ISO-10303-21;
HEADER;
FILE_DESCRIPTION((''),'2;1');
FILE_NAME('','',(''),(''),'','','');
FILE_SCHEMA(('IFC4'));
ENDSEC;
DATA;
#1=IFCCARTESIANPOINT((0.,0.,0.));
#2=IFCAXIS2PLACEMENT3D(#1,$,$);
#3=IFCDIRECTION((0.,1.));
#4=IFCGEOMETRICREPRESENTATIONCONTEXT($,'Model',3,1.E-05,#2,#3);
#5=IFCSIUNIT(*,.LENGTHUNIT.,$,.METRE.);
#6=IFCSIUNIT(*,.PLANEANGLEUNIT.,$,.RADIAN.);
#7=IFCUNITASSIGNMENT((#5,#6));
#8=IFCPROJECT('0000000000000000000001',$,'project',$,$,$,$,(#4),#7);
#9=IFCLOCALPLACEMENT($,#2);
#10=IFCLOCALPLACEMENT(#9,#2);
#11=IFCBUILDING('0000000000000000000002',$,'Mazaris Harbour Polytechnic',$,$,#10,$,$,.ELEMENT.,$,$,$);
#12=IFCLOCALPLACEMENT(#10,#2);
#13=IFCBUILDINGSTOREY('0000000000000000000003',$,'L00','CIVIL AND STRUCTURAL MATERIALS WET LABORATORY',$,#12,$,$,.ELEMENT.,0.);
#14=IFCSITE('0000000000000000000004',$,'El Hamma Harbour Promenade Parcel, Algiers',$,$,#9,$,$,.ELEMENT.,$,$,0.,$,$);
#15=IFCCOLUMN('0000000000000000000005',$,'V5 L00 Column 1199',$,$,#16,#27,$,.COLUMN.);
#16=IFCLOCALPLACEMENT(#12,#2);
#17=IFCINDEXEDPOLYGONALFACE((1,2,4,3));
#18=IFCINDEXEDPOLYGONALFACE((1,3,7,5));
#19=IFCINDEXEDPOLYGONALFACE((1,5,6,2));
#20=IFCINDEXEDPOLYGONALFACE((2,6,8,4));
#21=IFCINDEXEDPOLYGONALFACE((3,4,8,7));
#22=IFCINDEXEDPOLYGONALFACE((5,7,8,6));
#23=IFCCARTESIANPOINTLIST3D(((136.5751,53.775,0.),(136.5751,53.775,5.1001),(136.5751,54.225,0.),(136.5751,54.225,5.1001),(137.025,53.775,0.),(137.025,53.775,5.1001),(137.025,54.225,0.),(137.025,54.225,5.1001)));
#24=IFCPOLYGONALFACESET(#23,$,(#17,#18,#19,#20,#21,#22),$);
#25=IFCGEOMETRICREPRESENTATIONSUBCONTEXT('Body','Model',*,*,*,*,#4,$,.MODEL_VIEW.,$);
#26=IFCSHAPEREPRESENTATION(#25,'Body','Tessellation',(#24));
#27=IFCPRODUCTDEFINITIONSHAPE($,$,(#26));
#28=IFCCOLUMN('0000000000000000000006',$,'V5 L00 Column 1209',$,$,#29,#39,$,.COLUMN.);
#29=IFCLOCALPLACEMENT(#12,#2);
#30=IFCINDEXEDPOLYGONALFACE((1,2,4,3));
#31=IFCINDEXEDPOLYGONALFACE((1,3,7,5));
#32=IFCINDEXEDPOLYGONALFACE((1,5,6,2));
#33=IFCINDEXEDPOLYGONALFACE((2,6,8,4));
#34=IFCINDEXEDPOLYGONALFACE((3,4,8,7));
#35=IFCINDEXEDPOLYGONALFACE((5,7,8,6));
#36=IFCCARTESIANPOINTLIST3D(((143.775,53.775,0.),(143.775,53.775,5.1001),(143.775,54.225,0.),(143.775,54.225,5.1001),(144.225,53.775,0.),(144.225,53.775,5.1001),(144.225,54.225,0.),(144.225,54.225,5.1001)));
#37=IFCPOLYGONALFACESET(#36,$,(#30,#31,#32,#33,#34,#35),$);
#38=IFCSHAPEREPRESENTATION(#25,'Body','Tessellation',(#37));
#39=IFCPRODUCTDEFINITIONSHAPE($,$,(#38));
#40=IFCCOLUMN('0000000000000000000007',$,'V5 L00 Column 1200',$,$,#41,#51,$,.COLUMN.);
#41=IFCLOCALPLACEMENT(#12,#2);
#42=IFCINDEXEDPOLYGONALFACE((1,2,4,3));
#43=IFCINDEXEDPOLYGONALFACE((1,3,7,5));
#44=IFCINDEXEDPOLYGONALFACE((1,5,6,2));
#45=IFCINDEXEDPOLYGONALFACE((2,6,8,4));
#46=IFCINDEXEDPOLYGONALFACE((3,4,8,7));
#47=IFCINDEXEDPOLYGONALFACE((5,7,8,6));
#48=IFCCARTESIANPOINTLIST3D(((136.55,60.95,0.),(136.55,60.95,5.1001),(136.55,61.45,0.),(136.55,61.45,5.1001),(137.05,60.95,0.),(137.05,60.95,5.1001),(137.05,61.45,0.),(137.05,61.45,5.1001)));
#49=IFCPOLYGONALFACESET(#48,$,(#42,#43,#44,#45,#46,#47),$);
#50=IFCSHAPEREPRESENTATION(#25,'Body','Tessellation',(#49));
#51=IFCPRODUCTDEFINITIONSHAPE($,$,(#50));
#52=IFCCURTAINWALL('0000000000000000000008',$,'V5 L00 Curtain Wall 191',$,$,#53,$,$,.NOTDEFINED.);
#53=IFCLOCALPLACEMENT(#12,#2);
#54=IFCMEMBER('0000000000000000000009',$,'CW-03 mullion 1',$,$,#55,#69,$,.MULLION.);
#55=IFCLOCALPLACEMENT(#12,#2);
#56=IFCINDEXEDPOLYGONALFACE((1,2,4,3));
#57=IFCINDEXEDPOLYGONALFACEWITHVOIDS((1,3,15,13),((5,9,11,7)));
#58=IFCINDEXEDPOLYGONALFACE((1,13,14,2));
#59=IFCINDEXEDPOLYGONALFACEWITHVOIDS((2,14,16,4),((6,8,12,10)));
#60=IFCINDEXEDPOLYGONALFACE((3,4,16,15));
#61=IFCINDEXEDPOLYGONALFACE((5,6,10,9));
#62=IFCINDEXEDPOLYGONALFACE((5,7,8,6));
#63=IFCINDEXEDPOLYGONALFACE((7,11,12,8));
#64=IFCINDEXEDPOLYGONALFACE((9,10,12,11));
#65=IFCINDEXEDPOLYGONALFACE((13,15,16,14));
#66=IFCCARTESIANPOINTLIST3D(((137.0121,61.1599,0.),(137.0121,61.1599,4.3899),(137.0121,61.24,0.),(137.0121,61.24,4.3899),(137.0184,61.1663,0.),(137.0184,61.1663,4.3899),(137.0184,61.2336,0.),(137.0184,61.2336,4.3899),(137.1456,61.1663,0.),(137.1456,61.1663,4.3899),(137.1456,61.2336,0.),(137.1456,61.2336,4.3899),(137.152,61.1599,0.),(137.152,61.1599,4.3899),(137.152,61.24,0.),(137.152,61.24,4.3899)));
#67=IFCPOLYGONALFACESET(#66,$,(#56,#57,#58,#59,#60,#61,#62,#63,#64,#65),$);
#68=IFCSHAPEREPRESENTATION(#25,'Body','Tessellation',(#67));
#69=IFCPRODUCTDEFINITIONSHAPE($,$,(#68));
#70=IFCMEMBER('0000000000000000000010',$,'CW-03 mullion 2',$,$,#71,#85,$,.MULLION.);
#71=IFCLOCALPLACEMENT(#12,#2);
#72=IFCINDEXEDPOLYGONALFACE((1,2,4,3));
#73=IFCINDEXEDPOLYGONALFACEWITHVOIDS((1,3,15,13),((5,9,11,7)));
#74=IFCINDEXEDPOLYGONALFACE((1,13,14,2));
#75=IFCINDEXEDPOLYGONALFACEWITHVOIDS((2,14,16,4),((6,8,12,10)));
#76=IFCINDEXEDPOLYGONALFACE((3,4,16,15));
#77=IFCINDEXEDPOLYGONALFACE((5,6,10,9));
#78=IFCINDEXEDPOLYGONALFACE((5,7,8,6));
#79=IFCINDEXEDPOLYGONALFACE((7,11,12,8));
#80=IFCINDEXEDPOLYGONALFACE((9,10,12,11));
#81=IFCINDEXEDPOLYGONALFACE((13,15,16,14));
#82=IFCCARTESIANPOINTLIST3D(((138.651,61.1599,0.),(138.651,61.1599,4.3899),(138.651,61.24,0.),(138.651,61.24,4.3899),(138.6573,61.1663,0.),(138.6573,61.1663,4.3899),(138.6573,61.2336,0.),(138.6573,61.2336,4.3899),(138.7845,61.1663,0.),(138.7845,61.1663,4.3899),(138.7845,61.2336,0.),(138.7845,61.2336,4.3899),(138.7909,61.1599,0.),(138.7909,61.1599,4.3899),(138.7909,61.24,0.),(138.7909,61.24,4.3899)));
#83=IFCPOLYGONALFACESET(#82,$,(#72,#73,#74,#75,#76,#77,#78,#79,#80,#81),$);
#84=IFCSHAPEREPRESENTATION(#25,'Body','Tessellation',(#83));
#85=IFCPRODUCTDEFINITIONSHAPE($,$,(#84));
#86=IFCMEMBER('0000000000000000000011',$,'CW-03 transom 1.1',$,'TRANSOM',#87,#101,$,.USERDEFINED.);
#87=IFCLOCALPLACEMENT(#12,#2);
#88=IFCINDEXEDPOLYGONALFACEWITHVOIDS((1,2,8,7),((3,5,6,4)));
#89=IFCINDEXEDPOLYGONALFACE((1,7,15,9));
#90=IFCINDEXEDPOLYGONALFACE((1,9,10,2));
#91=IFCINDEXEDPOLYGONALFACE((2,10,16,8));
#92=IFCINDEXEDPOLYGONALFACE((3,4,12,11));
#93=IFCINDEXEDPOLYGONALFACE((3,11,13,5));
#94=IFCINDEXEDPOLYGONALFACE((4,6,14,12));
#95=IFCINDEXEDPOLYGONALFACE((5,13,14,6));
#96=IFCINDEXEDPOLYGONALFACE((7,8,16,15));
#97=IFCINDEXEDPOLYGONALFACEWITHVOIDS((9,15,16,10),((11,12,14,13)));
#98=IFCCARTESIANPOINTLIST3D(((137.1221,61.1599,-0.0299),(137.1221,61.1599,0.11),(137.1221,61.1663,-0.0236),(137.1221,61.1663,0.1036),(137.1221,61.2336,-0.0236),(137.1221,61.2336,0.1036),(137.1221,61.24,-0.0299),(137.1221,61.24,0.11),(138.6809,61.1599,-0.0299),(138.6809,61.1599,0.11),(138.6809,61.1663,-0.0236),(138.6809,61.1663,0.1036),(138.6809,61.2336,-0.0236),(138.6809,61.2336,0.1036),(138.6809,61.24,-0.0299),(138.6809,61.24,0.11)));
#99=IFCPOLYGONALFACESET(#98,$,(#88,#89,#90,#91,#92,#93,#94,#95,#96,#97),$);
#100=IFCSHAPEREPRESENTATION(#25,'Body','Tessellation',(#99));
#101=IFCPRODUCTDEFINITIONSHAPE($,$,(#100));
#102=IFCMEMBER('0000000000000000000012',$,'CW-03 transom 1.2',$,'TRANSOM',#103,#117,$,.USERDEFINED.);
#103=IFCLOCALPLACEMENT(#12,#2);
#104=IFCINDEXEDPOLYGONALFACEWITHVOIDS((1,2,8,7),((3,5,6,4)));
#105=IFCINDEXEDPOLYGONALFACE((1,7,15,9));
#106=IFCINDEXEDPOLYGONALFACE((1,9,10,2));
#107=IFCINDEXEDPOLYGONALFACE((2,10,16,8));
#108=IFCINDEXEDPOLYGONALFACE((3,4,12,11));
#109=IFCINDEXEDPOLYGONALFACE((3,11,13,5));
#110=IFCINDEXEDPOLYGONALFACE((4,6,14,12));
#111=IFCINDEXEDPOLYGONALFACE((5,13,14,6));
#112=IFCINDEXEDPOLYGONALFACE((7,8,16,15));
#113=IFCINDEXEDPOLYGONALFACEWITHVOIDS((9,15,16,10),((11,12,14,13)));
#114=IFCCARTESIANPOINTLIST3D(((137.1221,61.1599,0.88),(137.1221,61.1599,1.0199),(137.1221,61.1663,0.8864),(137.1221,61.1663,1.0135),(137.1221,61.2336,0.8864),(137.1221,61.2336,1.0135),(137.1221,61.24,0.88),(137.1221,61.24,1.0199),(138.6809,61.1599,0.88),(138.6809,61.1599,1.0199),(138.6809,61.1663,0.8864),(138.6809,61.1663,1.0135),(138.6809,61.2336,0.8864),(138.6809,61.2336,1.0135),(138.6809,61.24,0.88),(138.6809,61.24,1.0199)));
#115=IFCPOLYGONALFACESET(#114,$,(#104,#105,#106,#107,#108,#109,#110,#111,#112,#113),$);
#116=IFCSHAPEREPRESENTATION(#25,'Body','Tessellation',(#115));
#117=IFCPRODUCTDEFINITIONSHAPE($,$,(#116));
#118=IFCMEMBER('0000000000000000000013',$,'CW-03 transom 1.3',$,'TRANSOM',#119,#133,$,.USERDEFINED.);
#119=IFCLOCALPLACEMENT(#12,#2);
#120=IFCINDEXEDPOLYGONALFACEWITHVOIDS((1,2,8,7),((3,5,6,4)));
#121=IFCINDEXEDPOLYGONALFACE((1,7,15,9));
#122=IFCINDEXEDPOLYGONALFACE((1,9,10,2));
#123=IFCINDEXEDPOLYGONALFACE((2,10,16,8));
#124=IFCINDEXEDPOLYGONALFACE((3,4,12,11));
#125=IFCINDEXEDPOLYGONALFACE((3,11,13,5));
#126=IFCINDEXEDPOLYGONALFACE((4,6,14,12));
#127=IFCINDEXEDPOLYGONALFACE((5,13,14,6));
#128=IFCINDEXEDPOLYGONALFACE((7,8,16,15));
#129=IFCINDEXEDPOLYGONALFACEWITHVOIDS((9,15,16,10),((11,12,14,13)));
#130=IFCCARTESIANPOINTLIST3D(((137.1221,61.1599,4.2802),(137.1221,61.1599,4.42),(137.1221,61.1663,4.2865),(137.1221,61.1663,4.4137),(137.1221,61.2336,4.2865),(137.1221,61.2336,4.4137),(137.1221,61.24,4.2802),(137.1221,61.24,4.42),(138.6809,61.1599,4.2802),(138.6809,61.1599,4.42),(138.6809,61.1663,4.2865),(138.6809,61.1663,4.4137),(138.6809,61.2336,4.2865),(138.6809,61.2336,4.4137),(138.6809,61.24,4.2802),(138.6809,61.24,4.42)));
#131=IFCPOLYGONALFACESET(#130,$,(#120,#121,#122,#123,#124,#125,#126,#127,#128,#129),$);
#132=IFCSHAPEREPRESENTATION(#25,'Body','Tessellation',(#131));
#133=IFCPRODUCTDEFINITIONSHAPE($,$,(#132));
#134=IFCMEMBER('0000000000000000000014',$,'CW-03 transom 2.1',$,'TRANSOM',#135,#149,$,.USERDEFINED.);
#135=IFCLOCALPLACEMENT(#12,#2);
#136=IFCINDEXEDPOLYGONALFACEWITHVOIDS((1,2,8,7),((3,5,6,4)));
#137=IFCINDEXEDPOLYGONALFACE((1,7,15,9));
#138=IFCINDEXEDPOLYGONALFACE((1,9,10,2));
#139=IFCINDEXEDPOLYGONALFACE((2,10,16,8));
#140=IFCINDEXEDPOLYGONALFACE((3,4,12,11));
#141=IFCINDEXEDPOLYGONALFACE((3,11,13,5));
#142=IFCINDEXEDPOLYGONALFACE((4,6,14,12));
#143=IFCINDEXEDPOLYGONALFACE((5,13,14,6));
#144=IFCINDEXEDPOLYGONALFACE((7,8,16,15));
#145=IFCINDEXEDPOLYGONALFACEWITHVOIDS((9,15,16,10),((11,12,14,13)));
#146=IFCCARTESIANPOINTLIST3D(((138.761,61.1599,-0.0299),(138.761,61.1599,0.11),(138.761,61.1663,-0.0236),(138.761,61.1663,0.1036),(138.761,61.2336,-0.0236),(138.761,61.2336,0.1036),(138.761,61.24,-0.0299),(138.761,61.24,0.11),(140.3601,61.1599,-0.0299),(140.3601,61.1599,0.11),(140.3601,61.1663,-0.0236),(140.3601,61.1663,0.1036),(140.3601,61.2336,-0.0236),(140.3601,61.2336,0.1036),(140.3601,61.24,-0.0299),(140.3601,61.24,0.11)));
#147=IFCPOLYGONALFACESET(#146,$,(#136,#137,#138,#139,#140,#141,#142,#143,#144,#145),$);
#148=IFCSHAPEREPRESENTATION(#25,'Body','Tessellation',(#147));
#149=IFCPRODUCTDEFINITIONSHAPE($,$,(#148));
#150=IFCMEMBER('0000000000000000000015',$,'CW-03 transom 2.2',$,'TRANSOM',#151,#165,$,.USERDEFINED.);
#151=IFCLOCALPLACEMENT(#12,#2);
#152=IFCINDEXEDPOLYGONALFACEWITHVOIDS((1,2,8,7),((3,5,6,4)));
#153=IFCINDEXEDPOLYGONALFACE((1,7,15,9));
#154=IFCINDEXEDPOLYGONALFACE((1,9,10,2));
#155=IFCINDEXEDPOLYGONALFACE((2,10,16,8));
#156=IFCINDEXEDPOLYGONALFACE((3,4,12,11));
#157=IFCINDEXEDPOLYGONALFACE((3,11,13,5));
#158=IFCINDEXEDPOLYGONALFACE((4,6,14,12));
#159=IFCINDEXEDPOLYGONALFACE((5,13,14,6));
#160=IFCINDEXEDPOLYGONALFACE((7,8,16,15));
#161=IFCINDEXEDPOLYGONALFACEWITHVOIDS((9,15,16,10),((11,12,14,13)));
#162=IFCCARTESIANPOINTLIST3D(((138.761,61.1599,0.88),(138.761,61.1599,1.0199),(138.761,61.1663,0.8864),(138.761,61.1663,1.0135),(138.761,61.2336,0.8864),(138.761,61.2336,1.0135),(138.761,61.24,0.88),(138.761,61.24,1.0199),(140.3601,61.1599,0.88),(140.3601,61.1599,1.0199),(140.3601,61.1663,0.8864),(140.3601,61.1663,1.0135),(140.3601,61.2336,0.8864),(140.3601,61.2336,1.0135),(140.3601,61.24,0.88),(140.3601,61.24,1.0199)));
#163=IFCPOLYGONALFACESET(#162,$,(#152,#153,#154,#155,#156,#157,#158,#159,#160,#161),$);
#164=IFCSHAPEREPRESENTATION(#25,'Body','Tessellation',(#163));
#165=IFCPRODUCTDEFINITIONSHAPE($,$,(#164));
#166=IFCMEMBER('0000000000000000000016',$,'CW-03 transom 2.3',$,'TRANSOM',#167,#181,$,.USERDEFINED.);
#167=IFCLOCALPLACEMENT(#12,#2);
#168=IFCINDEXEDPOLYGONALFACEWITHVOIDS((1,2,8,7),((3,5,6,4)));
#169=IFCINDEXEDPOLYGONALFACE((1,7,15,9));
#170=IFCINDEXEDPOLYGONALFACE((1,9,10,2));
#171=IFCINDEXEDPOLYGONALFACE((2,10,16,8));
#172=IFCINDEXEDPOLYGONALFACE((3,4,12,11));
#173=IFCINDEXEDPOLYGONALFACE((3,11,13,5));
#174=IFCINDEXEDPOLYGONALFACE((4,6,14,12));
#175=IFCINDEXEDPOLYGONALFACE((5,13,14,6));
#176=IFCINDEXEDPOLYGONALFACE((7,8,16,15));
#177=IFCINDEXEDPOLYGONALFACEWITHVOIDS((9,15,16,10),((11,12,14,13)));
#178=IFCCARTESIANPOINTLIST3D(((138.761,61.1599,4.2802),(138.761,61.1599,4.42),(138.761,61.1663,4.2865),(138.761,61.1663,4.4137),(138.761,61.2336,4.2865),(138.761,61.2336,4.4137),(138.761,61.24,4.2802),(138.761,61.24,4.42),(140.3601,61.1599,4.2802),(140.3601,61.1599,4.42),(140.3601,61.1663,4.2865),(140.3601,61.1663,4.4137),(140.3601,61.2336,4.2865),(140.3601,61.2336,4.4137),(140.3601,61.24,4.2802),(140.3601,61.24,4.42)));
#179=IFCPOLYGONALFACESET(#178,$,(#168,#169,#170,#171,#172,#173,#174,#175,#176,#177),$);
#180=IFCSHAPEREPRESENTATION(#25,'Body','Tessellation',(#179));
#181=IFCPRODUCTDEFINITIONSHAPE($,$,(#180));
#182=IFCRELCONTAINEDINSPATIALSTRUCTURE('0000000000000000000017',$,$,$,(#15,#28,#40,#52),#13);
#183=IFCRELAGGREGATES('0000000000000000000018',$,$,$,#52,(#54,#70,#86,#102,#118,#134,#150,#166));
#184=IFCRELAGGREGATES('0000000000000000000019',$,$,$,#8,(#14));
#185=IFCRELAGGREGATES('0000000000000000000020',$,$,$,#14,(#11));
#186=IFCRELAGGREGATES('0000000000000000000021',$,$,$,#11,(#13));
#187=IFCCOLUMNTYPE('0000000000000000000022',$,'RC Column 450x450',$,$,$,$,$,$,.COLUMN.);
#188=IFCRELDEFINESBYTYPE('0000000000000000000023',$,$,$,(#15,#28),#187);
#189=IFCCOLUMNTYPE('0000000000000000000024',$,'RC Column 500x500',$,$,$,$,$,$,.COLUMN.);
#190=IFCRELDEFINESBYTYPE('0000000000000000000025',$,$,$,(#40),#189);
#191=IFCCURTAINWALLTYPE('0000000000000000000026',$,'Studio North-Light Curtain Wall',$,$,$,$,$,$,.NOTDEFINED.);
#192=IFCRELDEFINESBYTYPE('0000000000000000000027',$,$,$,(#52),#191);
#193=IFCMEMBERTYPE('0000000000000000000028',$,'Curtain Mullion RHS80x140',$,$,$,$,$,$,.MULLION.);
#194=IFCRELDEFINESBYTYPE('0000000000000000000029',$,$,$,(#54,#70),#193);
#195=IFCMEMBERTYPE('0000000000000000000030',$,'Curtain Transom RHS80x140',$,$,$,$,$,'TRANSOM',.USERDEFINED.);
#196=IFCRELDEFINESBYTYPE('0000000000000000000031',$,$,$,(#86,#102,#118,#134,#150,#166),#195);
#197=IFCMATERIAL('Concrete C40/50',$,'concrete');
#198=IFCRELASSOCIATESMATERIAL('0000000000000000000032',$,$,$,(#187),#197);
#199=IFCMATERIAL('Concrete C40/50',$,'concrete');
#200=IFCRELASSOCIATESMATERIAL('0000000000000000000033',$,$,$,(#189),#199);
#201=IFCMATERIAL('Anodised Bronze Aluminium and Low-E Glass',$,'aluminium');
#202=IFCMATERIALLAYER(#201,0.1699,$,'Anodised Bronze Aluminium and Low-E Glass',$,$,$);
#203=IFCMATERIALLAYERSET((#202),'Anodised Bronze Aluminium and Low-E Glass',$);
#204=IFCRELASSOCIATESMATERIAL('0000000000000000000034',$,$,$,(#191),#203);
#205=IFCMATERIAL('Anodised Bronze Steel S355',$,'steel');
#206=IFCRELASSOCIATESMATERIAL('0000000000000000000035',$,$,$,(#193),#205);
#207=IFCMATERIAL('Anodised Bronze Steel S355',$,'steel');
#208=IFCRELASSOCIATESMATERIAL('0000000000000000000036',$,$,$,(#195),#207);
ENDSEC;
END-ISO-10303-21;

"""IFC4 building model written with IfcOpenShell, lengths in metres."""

from ifc_helpers import new_model, si_unit, direction, frame, origin, origin_2d, place, context, subcontext, project, spatial, rectangle, hollow_rectangle, extrude, material, layer, layer_set, material_profile, profile_set, type_object, element, aggregate, save


model = new_model("IFC4")

# Units and contexts
model_context = context("Model", 3, precision=1e-05, world=origin(), true_north=direction((0.0, 1.0)))
body_context = subcontext(model_context, "Body", "Model", "MODEL_VIEW")
ifc_project = project(units=[si_unit("LENGTHUNIT", "METRE"), si_unit("PLANEANGLEUNIT", "RADIAN")], contexts=[model_context])

# Site, building, storey
site_placement = place(None, origin())
site = spatial("IfcSite", under=ifc_project, at=site_placement, Name="El Hamma Harbour Promenade Parcel, Algiers", CompositionType="ELEMENT", RefElevation=0.0)
building_placement = place(site_placement, origin())
building = spatial("IfcBuilding", under=site, at=building_placement, Name="Mazaris Harbour Polytechnic", CompositionType="ELEMENT")
storey_placement = place(building_placement, origin())
storey = spatial("IfcBuildingStorey", under=building, at=storey_placement, Name="L00", Description="CIVIL AND STRUCTURAL MATERIALS WET LABORATORY", CompositionType="ELEMENT", Elevation=0.0)

# Columns
ifc_material_1 = material(Name="Concrete C40/50", Category="concrete")
ifc_material_profile_1 = material_profile(ifc_material_1, rectangle(XDim=0.45, YDim=0.45, at=origin_2d()), Name="RECT450x450")
ifc_profile_set_1 = profile_set([ifc_material_profile_1], Name="Concrete C40/50")
column_type_1 = type_object("IfcColumnType", Name="RC Column 450x450", PredefinedType="COLUMN", material=ifc_profile_set_1)
for number, where, z_axis, x_axis, name in (
    (1, (136.8, 54.0, 0.0), (0.0, 0.0, 1.0), (1.0, 0.0, 0.0), "V5 L00 Column 1199"),
    (2, (144.0, 54.0, 0.0), (0.0, 0.0, 1.0), (1.0, 0.0, 0.0), "V5 L00 Column 1209"),
):
    element("IfcColumn", number, at=place(storey_placement, frame(where, z_axis=z_axis, x_axis=x_axis)), inside=storey, type_object=column_type_1, Name=name, PredefinedType="COLUMN", context=body_context, shape_type="SweptSolid", body=[
        extrude(rectangle(XDim=0.45, YDim=0.45, at=origin_2d()), origin(), (0.0, 0.0, 1.0), 5.1001),
    ])
ifc_material_2 = material(Name="Concrete C40/50", Category="concrete")
ifc_material_profile_2 = material_profile(ifc_material_2, rectangle(XDim=0.5, YDim=0.5, at=origin_2d()), Name="RECT500x500")
ifc_profile_set_2 = profile_set([ifc_material_profile_2], Name="Concrete C40/50")
column_type_2 = type_object("IfcColumnType", Name="RC Column 500x500", PredefinedType="COLUMN", material=ifc_profile_set_2)
column_placement = place(storey_placement, frame((136.8, 61.2, 0.0), z_axis=(0.0, 0.0, 1.0), x_axis=(1.0, 0.0, 0.0)))
element("IfcColumn", 3, at=column_placement, inside=storey, type_object=column_type_2, Name="V5 L00 Column 1200", PredefinedType="COLUMN", context=body_context, shape_type="SweptSolid", body=[
    extrude(rectangle(XDim=0.5, YDim=0.5, at=origin_2d()), origin(), (0.0, 0.0, 1.0), 5.1001),
])

# Curtain wall, members
ifc_material_3 = material(Name="Anodised Bronze Aluminium and Low-E Glass", Category="aluminium")
ifc_layer_1 = layer(ifc_material_3, 0.1699, Name="Anodised Bronze Aluminium and Low-E Glass")
ifc_layer_set_1 = layer_set([ifc_layer_1], Name="Anodised Bronze Aluminium and Low-E Glass")
curtain_wall_type = type_object("IfcCurtainWallType", Name="Studio North-Light Curtain Wall", PredefinedType="NOTDEFINED", material=ifc_layer_set_1)
curtain_wall_placement = place(storey_placement, origin())
curtain_wall = element("IfcCurtainWall", 4, at=curtain_wall_placement, inside=storey, type_object=curtain_wall_type, Name="V5 L00 Curtain Wall 191", PredefinedType="NOTDEFINED")
ifc_material_4 = material(Name="Anodised Bronze Steel S355", Category="steel")
ifc_material_profile_3 = material_profile(ifc_material_4, hollow_rectangle(XDim=0.0801, YDim=0.1399, WallThickness=0.0063, at=origin_2d()), Name="RHS 80x140x6.3")
ifc_profile_set_3 = profile_set([ifc_material_profile_3], Name="Anodised Bronze Steel S355")
member_type_1 = type_object("IfcMemberType", Name="Curtain Mullion RHS80x140", PredefinedType="MULLION", material=ifc_profile_set_3)
member_1_placement = place(storey_placement, frame((137.082, 61.2, 0.0), z_axis=(0.0, 0.0, 1.0), x_axis=(0.0, 1.0, 0.0)))
member_1 = element("IfcMember", 5, at=member_1_placement, type_object=member_type_1, Name="CW-03 mullion 1", PredefinedType="MULLION", context=body_context, shape_type="SweptSolid", body=[
    extrude(hollow_rectangle(XDim=0.0801, YDim=0.1399, WallThickness=0.0063, at=origin_2d()), origin(), (0.0, 0.0, 1.0), 4.3899),
])
member_2_placement = place(storey_placement, frame((138.7209, 61.2, 0.0), z_axis=(0.0, 0.0, 1.0), x_axis=(0.0, 1.0, 0.0)))
member_2 = element("IfcMember", 6, at=member_2_placement, type_object=member_type_1, Name="CW-03 mullion 2", PredefinedType="MULLION", context=body_context, shape_type="SweptSolid", body=[
    extrude(hollow_rectangle(XDim=0.0801, YDim=0.1399, WallThickness=0.0063, at=origin_2d()), origin(), (0.0, 0.0, 1.0), 4.3899),
])
ifc_material_5 = material(Name="Anodised Bronze Steel S355", Category="steel")
ifc_material_profile_4 = material_profile(ifc_material_5, hollow_rectangle(XDim=0.0801, YDim=0.1399, WallThickness=0.0063, at=origin_2d()), Name="RHS 80x140x6.3")
ifc_profile_set_4 = profile_set([ifc_material_profile_4], Name="Anodised Bronze Steel S355")
member_type_2 = type_object("IfcMemberType", Name="Curtain Transom RHS80x140", ElementType="TRANSOM", PredefinedType="USERDEFINED", material=ifc_profile_set_4)
member_3_placement = place(storey_placement, frame((137.1221, 61.2, 0.04), z_axis=(1.0, 0.0, 0.0), x_axis=(0.0, 1.0, 0.0)))
member_3 = element("IfcMember", 7, at=member_3_placement, type_object=member_type_2, Name="CW-03 transom 1.1", ObjectType="TRANSOM", PredefinedType="USERDEFINED", context=body_context, shape_type="SweptSolid", body=[
    extrude(hollow_rectangle(XDim=0.0801, YDim=0.1399, WallThickness=0.0063, at=origin_2d()), origin(), (0.0, 0.0, 1.0), 1.5588),
])
member_4_placement = place(storey_placement, frame((137.1221, 61.2, 0.95), z_axis=(1.0, 0.0, 0.0), x_axis=(0.0, 1.0, 0.0)))
member_4 = element("IfcMember", 8, at=member_4_placement, type_object=member_type_2, Name="CW-03 transom 1.2", ObjectType="TRANSOM", PredefinedType="USERDEFINED", context=body_context, shape_type="SweptSolid", body=[
    extrude(hollow_rectangle(XDim=0.0801, YDim=0.1399, WallThickness=0.0063, at=origin_2d()), origin(), (0.0, 0.0, 1.0), 1.5588),
])
member_5_placement = place(storey_placement, frame((137.1221, 61.2, 4.3501), z_axis=(1.0, 0.0, 0.0), x_axis=(0.0, 1.0, 0.0)))
member_5 = element("IfcMember", 9, at=member_5_placement, type_object=member_type_2, Name="CW-03 transom 1.3", ObjectType="TRANSOM", PredefinedType="USERDEFINED", context=body_context, shape_type="SweptSolid", body=[
    extrude(hollow_rectangle(XDim=0.0801, YDim=0.1399, WallThickness=0.0063, at=origin_2d()), origin(), (0.0, 0.0, 1.0), 1.5588),
])
member_6_placement = place(storey_placement, frame((138.761, 61.2, 0.04), z_axis=(1.0, 0.0, 0.0), x_axis=(0.0, 1.0, 0.0)))
member_6 = element("IfcMember", 10, at=member_6_placement, type_object=member_type_2, Name="CW-03 transom 2.1", ObjectType="TRANSOM", PredefinedType="USERDEFINED", context=body_context, shape_type="SweptSolid", body=[
    extrude(hollow_rectangle(XDim=0.0801, YDim=0.1399, WallThickness=0.0063, at=origin_2d()), origin(), (0.0, 0.0, 1.0), 1.5991),
])
member_7_placement = place(storey_placement, frame((138.761, 61.2, 0.95), z_axis=(1.0, 0.0, 0.0), x_axis=(0.0, 1.0, 0.0)))
member_7 = element("IfcMember", 11, at=member_7_placement, type_object=member_type_2, Name="CW-03 transom 2.2", ObjectType="TRANSOM", PredefinedType="USERDEFINED", context=body_context, shape_type="SweptSolid", body=[
    extrude(hollow_rectangle(XDim=0.0801, YDim=0.1399, WallThickness=0.0063, at=origin_2d()), origin(), (0.0, 0.0, 1.0), 1.5991),
])
member_8_placement = place(storey_placement, frame((138.761, 61.2, 4.3501), z_axis=(1.0, 0.0, 0.0), x_axis=(0.0, 1.0, 0.0)))
member_8 = element("IfcMember", 12, at=member_8_placement, type_object=member_type_2, Name="CW-03 transom 2.3", ObjectType="TRANSOM", PredefinedType="USERDEFINED", context=body_context, shape_type="SweptSolid", body=[
    extrude(hollow_rectangle(XDim=0.0801, YDim=0.1399, WallThickness=0.0063, at=origin_2d()), origin(), (0.0, 0.0, 1.0), 1.5991),
])

aggregate(curtain_wall, [member_1, member_2, member_3, member_4, member_5, member_6, member_7, member_8])

save(model, "model.ifc")
